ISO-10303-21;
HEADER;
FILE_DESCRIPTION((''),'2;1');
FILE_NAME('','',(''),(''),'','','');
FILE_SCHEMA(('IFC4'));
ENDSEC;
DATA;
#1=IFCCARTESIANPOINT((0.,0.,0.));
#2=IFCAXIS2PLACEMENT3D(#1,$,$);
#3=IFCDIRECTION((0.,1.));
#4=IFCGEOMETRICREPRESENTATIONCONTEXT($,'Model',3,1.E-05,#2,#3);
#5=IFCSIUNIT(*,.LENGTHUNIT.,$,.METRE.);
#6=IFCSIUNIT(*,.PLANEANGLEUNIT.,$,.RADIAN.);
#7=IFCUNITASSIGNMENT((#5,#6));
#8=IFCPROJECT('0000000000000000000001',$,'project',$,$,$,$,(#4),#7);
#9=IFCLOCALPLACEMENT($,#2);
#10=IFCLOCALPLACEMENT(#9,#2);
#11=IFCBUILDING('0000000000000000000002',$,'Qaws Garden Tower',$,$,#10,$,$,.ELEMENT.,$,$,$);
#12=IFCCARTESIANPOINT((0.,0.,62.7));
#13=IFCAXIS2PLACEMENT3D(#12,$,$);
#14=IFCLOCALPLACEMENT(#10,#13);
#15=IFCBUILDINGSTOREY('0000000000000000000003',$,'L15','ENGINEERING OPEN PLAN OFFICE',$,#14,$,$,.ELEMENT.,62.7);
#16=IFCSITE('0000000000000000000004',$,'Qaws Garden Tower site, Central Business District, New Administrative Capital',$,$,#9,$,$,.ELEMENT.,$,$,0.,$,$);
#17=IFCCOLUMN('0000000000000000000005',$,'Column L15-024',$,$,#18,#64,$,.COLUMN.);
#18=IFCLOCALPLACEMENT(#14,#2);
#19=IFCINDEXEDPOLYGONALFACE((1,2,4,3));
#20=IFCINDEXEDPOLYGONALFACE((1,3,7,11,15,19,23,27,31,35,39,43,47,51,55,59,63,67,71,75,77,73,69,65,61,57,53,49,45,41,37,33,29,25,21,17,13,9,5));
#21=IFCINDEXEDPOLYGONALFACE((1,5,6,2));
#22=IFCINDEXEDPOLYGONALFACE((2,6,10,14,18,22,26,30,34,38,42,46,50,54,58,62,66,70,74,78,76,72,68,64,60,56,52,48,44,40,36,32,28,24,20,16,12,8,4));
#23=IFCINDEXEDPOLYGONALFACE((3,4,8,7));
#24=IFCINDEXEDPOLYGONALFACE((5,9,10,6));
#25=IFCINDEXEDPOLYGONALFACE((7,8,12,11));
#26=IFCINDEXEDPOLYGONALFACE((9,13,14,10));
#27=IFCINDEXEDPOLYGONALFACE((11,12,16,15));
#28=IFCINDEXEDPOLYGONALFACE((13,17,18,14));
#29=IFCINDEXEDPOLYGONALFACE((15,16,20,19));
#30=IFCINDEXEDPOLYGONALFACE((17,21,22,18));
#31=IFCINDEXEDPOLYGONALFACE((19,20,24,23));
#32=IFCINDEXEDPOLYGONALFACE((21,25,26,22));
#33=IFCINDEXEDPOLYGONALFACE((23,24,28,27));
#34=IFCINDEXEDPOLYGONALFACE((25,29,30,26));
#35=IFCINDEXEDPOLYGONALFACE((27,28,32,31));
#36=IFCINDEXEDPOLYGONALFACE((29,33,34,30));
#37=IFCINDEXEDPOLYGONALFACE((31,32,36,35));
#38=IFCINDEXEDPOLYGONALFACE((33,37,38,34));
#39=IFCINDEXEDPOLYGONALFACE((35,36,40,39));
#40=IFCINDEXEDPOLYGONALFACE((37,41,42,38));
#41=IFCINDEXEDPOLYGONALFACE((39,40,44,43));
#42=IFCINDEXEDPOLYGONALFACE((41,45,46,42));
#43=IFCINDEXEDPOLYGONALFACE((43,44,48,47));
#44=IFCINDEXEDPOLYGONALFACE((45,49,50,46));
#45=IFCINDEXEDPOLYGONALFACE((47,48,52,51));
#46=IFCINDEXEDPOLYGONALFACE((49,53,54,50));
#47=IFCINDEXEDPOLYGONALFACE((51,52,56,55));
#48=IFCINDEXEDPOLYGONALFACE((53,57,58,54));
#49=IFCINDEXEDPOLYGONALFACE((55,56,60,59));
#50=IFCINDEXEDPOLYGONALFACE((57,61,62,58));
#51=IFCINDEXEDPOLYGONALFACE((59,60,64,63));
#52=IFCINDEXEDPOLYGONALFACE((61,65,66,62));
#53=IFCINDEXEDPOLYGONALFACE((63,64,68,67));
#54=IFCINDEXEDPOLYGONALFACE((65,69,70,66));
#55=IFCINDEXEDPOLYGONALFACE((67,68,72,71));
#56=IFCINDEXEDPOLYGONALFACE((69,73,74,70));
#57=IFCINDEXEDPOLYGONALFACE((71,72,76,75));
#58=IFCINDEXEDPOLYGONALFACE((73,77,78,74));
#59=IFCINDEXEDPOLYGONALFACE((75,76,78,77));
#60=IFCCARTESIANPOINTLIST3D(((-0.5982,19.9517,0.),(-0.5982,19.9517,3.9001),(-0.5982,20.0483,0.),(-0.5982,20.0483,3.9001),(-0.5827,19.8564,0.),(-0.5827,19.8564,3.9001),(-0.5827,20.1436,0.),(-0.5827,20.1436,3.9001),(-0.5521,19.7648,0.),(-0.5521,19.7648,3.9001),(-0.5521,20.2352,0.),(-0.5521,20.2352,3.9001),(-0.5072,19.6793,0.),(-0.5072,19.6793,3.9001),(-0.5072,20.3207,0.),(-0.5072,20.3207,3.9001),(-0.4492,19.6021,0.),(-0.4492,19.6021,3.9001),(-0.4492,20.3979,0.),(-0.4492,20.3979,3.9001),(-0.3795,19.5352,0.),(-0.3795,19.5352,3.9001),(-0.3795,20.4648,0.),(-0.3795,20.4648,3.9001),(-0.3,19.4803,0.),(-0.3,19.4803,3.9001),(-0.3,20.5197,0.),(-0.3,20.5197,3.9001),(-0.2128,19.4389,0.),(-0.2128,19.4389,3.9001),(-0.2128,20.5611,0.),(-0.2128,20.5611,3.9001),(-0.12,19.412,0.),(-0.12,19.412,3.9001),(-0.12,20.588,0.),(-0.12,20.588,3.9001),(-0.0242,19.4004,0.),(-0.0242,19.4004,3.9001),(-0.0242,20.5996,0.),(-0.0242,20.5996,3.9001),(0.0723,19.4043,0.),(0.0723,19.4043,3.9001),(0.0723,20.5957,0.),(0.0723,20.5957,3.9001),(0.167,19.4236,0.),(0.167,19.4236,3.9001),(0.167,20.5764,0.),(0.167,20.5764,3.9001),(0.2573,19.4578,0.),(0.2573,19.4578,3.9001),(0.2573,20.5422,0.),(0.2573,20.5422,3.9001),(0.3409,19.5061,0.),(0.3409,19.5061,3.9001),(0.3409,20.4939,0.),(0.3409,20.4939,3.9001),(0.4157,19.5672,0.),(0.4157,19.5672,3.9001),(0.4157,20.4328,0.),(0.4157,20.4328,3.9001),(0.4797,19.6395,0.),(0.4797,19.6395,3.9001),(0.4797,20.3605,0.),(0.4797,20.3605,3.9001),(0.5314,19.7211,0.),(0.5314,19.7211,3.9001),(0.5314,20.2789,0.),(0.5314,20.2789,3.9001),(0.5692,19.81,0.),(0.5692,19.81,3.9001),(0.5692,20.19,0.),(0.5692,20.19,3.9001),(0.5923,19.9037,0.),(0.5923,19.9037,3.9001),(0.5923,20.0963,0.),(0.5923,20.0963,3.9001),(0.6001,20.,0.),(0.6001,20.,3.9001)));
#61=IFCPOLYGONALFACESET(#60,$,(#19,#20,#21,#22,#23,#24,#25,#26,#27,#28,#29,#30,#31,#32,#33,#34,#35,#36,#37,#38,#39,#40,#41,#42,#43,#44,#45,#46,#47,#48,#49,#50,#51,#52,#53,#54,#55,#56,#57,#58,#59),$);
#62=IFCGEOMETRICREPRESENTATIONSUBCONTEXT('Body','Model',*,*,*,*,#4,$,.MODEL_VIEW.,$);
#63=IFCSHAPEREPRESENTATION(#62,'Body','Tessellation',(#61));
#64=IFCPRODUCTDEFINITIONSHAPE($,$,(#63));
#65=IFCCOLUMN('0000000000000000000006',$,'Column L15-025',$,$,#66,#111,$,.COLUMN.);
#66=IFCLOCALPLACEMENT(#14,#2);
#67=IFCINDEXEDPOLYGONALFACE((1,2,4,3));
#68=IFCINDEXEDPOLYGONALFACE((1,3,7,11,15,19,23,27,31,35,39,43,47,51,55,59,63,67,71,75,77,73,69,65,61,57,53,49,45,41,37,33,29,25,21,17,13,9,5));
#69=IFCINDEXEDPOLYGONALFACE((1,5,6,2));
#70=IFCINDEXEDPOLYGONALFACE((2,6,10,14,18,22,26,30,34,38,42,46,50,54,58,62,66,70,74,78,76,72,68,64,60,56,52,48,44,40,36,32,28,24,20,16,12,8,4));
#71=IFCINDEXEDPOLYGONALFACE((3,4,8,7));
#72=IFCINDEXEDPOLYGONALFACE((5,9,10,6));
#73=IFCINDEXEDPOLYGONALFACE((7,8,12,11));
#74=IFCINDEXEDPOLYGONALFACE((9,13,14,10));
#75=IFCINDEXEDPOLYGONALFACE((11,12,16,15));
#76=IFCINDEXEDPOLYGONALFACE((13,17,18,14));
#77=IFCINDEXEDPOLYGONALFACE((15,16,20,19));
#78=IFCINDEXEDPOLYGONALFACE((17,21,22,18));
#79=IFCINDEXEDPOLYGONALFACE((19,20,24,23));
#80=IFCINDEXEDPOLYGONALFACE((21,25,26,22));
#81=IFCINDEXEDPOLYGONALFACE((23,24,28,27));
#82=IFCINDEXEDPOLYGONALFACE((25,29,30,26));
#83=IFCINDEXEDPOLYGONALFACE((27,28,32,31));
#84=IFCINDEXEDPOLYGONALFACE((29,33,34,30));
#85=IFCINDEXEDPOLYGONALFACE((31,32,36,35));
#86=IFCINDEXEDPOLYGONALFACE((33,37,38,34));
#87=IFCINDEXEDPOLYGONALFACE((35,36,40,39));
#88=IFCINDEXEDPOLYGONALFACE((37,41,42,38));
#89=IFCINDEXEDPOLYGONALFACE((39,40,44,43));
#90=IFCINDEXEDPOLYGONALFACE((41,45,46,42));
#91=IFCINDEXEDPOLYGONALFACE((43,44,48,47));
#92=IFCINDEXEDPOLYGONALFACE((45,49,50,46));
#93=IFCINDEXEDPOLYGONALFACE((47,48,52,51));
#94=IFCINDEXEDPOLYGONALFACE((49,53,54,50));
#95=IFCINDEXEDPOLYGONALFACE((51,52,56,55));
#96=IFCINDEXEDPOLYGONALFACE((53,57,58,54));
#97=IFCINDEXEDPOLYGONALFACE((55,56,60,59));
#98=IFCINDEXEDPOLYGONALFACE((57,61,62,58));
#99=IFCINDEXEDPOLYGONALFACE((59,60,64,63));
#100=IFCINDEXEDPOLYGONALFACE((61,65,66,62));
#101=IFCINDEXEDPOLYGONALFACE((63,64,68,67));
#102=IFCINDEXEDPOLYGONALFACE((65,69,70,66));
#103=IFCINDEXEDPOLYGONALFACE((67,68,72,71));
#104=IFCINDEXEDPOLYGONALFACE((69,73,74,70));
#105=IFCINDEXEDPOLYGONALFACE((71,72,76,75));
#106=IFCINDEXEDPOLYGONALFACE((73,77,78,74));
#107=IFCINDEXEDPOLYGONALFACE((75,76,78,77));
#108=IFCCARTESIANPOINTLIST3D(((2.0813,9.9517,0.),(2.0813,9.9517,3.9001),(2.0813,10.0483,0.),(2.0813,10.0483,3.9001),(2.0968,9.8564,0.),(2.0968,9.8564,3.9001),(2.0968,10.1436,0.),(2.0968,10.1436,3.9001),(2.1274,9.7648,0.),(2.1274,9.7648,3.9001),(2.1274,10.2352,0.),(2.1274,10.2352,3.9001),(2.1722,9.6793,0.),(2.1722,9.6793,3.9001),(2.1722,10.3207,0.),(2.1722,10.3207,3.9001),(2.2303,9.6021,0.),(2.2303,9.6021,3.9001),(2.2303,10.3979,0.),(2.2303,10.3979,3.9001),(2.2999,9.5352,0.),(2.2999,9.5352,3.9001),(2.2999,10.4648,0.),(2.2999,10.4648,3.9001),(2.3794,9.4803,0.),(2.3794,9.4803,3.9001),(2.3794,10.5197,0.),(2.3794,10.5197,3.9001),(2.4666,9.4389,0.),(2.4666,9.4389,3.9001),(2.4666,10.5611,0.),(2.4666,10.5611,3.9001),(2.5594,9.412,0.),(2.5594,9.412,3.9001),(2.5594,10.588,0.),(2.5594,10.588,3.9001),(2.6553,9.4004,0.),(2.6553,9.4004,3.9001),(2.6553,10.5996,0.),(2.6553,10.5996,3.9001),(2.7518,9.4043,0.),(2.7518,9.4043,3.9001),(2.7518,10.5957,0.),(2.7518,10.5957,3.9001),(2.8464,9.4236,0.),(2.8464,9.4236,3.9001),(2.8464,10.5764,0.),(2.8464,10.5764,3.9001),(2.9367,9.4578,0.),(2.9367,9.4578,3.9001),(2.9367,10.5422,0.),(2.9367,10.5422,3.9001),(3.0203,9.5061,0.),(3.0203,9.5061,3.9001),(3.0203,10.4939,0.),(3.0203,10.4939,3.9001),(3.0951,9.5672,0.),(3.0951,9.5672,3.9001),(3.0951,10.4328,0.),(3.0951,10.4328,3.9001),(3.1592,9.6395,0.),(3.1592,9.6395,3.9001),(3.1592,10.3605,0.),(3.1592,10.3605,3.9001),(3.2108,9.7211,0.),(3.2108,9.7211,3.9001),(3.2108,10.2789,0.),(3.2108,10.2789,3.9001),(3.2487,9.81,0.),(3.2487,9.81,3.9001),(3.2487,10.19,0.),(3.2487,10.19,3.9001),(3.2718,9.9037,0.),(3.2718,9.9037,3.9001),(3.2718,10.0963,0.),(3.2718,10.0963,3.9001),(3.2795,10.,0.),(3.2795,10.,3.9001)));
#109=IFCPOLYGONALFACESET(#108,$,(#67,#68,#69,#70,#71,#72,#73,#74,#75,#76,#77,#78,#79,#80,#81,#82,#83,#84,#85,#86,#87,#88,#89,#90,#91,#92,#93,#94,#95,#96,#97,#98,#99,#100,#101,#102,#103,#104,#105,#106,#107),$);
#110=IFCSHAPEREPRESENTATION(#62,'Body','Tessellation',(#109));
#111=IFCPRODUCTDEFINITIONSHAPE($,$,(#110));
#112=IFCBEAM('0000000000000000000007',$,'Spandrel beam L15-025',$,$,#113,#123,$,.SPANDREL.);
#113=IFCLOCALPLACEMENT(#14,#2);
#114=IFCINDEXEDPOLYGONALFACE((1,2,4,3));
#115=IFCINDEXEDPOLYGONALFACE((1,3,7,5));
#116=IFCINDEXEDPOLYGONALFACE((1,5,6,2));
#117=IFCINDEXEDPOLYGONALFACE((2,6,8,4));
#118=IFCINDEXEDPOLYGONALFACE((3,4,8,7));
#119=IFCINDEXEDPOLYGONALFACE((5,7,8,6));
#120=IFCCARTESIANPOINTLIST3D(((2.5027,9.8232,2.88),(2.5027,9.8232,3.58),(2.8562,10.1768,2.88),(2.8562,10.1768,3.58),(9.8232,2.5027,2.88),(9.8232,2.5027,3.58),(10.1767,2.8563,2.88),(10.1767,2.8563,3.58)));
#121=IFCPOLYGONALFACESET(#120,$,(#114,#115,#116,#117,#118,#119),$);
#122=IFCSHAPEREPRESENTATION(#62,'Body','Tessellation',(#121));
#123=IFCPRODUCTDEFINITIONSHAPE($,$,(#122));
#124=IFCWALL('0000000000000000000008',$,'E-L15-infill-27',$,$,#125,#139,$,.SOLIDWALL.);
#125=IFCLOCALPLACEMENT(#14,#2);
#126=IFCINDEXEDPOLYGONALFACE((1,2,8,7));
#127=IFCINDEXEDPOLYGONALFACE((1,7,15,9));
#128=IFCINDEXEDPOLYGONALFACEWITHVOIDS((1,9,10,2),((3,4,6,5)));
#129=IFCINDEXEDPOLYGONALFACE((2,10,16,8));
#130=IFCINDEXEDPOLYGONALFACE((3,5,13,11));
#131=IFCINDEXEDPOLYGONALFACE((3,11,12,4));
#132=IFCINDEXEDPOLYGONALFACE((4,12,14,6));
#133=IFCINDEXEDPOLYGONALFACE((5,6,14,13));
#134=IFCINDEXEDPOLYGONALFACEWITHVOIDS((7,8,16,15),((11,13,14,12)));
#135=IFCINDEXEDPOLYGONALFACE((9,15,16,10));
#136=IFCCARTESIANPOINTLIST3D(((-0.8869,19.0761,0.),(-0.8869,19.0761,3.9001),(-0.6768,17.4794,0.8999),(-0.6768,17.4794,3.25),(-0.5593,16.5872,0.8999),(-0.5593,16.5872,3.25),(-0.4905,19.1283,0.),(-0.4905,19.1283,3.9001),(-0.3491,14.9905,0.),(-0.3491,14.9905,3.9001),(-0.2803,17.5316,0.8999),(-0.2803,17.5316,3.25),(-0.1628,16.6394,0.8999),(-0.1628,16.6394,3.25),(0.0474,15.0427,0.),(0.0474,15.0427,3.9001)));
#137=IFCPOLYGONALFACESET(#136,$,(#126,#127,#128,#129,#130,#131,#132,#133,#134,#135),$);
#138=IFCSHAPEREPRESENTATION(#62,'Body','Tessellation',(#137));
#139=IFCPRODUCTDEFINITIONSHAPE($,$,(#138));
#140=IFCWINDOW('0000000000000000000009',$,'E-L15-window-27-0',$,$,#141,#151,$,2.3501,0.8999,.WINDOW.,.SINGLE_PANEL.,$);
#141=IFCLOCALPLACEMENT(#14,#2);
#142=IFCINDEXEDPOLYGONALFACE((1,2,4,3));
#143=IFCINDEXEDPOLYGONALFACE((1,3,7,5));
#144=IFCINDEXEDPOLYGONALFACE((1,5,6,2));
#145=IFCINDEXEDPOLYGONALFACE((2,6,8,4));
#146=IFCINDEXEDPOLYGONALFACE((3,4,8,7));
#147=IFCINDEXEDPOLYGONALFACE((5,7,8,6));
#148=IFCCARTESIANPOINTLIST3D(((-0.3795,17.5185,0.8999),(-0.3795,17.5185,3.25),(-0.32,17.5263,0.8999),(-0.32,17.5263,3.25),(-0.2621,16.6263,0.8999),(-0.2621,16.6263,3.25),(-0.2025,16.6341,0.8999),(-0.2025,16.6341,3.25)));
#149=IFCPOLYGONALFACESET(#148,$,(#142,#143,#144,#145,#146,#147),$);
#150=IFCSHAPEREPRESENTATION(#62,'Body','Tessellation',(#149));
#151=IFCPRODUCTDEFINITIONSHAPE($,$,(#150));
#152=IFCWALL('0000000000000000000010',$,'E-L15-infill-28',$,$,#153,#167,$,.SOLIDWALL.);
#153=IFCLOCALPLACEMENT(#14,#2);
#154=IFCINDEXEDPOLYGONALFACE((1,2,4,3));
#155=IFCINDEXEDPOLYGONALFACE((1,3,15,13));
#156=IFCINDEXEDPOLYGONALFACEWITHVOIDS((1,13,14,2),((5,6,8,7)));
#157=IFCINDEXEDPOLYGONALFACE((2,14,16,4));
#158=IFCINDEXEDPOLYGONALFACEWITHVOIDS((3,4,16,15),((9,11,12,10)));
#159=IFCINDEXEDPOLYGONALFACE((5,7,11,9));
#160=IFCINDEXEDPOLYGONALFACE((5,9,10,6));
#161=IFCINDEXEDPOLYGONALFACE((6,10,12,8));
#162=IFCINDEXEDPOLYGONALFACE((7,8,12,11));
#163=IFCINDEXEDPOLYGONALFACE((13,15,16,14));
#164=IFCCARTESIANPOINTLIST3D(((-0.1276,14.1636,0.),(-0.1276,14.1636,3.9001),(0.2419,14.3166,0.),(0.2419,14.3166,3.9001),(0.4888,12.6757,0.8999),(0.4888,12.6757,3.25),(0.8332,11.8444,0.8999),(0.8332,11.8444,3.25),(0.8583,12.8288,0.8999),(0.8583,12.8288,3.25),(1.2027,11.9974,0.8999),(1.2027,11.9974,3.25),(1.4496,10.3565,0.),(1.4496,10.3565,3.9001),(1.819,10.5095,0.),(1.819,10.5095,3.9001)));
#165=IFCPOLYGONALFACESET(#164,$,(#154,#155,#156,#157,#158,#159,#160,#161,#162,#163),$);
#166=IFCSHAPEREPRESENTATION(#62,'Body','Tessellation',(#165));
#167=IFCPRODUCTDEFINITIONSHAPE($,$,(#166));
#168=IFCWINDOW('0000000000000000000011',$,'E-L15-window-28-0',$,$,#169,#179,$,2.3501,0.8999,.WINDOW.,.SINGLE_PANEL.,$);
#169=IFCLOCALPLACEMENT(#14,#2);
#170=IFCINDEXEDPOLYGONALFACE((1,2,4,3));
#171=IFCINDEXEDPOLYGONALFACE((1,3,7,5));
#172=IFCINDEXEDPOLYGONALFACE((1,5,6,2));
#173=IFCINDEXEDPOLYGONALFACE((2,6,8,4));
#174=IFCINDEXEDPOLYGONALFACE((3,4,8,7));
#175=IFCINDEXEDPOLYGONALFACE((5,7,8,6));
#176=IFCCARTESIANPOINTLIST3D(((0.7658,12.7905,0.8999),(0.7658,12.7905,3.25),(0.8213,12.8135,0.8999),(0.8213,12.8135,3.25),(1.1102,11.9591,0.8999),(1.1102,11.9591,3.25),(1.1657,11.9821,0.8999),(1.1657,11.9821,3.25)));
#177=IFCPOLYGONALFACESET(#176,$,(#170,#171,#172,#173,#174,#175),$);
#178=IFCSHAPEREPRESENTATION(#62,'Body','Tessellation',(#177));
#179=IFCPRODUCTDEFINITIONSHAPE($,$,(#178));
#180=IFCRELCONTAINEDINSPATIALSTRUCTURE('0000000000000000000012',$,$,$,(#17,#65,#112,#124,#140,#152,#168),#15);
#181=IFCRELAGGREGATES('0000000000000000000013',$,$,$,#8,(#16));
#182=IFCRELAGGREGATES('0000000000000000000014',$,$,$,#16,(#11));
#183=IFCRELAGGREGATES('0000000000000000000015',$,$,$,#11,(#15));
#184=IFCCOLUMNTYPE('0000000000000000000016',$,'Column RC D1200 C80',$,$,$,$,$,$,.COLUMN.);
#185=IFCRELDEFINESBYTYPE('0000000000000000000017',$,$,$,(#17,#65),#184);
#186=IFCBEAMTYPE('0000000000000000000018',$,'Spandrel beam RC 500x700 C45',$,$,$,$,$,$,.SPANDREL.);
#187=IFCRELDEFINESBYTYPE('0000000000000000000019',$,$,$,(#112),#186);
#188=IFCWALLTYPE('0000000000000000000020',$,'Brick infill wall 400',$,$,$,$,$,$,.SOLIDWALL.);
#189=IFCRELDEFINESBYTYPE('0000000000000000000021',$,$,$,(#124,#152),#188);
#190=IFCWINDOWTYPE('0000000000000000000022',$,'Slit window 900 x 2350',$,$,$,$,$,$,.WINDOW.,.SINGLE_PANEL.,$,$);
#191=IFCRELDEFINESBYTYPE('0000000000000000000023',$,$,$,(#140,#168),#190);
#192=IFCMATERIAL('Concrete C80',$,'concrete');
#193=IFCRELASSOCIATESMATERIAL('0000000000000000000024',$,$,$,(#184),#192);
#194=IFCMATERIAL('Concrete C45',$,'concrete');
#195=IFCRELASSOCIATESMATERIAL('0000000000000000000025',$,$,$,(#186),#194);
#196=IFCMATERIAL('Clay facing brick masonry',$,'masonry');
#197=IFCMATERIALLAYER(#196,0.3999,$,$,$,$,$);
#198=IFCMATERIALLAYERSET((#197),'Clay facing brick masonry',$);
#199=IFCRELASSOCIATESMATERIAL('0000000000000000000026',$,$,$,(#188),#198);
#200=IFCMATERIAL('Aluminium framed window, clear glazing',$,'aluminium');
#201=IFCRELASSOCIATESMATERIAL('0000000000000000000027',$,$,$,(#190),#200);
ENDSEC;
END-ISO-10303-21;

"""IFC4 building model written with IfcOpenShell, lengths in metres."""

from ifc_helpers import new_model, si_unit, direction, frame, frame_2d, origin, origin_2d, place, context, subcontext, project, spatial, rectangle, circle, extrude, material, layer, layer_set, material_profile, profile_set, type_object, element, fill, save


model = new_model("IFC4")

# Units and contexts
model_context = context("Model", 3, precision=1e-05, world=origin(), true_north=direction((0.0, 1.0)))
body_context = subcontext(model_context, "Body", "Model", "MODEL_VIEW")
ifc_project = project(units=[si_unit("LENGTHUNIT", "METRE"), si_unit("PLANEANGLEUNIT", "RADIAN")], contexts=[model_context])

# Site, building, storey
site_placement = place(None, origin())
site = spatial("IfcSite", under=ifc_project, at=site_placement, Name="Qaws Garden Tower site, Central Business District, New Administrative Capital", CompositionType="ELEMENT", RefElevation=0.0)
building_placement = place(site_placement, origin())
building = spatial("IfcBuilding", under=site, at=building_placement, Name="Qaws Garden Tower", CompositionType="ELEMENT")
storey_placement = place(building_placement, frame((0.0, 0.0, 62.7)))
storey = spatial("IfcBuildingStorey", under=building, at=storey_placement, Name="L15", Description="ENGINEERING OPEN PLAN OFFICE", CompositionType="ELEMENT", Elevation=62.7)

# Columns
ifc_material_1 = material(Name="Concrete C80", Category="concrete")
ifc_material_profile_1 = material_profile(ifc_material_1, circle(Radius=0.6001, at=origin_2d()), Name="RC D1200")
ifc_profile_set_1 = profile_set([ifc_material_profile_1], Name="Concrete C80")
column_type = type_object("IfcColumnType", Name="Column RC D1200 C80", PredefinedType="COLUMN", material=ifc_profile_set_1)
for number, where, z_axis, x_axis, name in (
    (1, (0.0, 20.0, 0.0), (0.0, 0.0, 1.0), (1.0, 0.0, 0.0), "Column L15-024"),
    (2, (2.6794, 10.0, 0.0), (0.0, 0.0, 1.0), (1.0, 0.0, 0.0), "Column L15-025"),
):
    element("IfcColumn", number, at=place(storey_placement, frame(where, z_axis=z_axis, x_axis=x_axis)), inside=storey, type_object=column_type, Name=name, PredefinedType="COLUMN", context=body_context, shape_type="SweptSolid", body=[
        extrude(circle(Radius=0.6001, at=origin_2d()), origin(), (0.0, 0.0, 1.0), 3.9001),
    ])

# Beam
ifc_material_2 = material(Name="Concrete C45", Category="concrete")
ifc_material_profile_2 = material_profile(ifc_material_2, rectangle(XDim=0.5, YDim=0.7, at=origin_2d()), Name="RC 500x700")
ifc_profile_set_2 = profile_set([ifc_material_profile_2], Name="Concrete C45")
beam_type = type_object("IfcBeamType", Name="Spandrel beam RC 500x700 C45", PredefinedType="SPANDREL", material=ifc_profile_set_2)
beam_placement = place(storey_placement, frame((2.6794, 10.0, 3.23), z_axis=(0.707107, -0.707107, 0.0), x_axis=(0.707107, 0.707107, 0.0)))
element("IfcBeam", 3, at=beam_placement, inside=storey, type_object=beam_type, Name="Spandrel beam L15-025", PredefinedType="SPANDREL", context=body_context, shape_type="SweptSolid", body=[
    extrude(rectangle(XDim=0.5, YDim=0.7, at=origin_2d()), origin(), (0.0, 0.0, 1.0), 10.3528),
])

# Walls, openings, windows
ifc_material_3 = material(Name="Clay facing brick masonry", Category="masonry")
ifc_layer_1 = layer(ifc_material_3, 0.3999)
ifc_layer_set_1 = layer_set([ifc_layer_1], Name="Clay facing brick masonry")
wall_type_1 = type_object("IfcWallType", Name="Brick infill wall 400", PredefinedType="SOLIDWALL", material=ifc_layer_set_1)
wall_1_placement = place(storey_placement, frame((-0.6887, 19.1023, 0.0), z_axis=(0.0, 0.0, 1.0), x_axis=(0.130514, -0.991446, 0.0)))
wall_1 = element("IfcWall", 4, at=wall_1_placement, inside=storey, type_object=wall_type_1, Name="E-L15-infill-27", PredefinedType="SOLIDWALL", context=body_context, shape_type="SweptSolid", body=[
    extrude(rectangle(XDim=4.1208, YDim=0.3999, at=frame_2d((2.0605, 0.0))), origin(), (0.0, 0.0, 1.0), 3.9001),
])
opening_1_placement = place(wall_1_placement, frame((1.6106, 0.0, 0.8999)))
opening_1 = element("IfcOpeningElement", 5, at=opening_1_placement, cuts=wall_1, PredefinedType="OPENING", context=body_context, shape_type="SweptSolid", body=[
    extrude(rectangle(XDim=0.8999, YDim=2.3501, at=frame_2d((0.45, 1.175))), frame((0.0, 0.21, 0.0), z_axis=(0.0, -1.0, 0.0), x_axis=(1.0, 0.0, 0.0)), (0.0, 0.0, 1.0), 0.4199),
])
ifc_material_4 = material(Name="Aluminium framed window, clear glazing", Category="aluminium")
window_type = type_object("IfcWindowType", Name="Slit window 900 x 2350", PartitioningType="SINGLE_PANEL", PredefinedType="WINDOW", material=ifc_material_4)
window_1_placement = place(opening_1_placement, origin())
window_1 = element("IfcWindow", 6, at=window_1_placement, inside=storey, type_object=window_type, Name="E-L15-window-27-0", OverallHeight=2.3501, OverallWidth=0.8999, PartitioningType="SINGLE_PANEL", PredefinedType="WINDOW", context=body_context, shape_type="SweptSolid", body=[
    extrude(rectangle(XDim=0.8999, YDim=2.3501, at=frame_2d((0.45, 1.175))), frame((0.0, 0.1599, 0.0), z_axis=(0.0, -1.0, 0.0), x_axis=(1.0, 0.0, 0.0)), (0.0, 0.0, 1.0), 0.0601),
])
fill(opening_1, window_1)
wall_2_placement = place(storey_placement, frame((0.0571, 14.2402, 0.0), z_axis=(0.0, 0.0, 1.0), x_axis=(0.382722, -0.923864, 0.0)))
wall_2 = element("IfcWall", 7, at=wall_2_placement, inside=storey, type_object=wall_type_1, Name="E-L15-infill-28", PredefinedType="SOLIDWALL", context=body_context, shape_type="SweptSolid", body=[
    extrude(rectangle(XDim=4.1208, YDim=0.3999, at=frame_2d((2.0605, 0.0))), origin(), (0.0, 0.0, 1.0), 3.9001),
])
opening_2_placement = place(wall_2_placement, frame((1.6106, 0.0, 0.8999)))
opening_2 = element("IfcOpeningElement", 8, at=opening_2_placement, cuts=wall_2, PredefinedType="OPENING", context=body_context, shape_type="SweptSolid", body=[
    extrude(rectangle(XDim=0.8999, YDim=2.3501, at=frame_2d((0.45, 1.175))), frame((0.0, 0.21, 0.0), z_axis=(0.0, -1.0, 0.0), x_axis=(1.0, 0.0, 0.0)), (0.0, 0.0, 1.0), 0.4199),
])
window_2_placement = place(opening_2_placement, origin())
window_2 = element("IfcWindow", 9, at=window_2_placement, inside=storey, type_object=window_type, Name="E-L15-window-28-0", OverallHeight=2.3501, OverallWidth=0.8999, PartitioningType="SINGLE_PANEL", PredefinedType="WINDOW", context=body_context, shape_type="SweptSolid", body=[
    extrude(rectangle(XDim=0.8999, YDim=2.3501, at=frame_2d((0.45, 1.175))), frame((0.0, 0.1599, 0.0), z_axis=(0.0, -1.0, 0.0), x_axis=(1.0, 0.0, 0.0)), (0.0, 0.0, 1.0), 0.0601),
])
fill(opening_2, window_2)

save(model, "model.ifc")
